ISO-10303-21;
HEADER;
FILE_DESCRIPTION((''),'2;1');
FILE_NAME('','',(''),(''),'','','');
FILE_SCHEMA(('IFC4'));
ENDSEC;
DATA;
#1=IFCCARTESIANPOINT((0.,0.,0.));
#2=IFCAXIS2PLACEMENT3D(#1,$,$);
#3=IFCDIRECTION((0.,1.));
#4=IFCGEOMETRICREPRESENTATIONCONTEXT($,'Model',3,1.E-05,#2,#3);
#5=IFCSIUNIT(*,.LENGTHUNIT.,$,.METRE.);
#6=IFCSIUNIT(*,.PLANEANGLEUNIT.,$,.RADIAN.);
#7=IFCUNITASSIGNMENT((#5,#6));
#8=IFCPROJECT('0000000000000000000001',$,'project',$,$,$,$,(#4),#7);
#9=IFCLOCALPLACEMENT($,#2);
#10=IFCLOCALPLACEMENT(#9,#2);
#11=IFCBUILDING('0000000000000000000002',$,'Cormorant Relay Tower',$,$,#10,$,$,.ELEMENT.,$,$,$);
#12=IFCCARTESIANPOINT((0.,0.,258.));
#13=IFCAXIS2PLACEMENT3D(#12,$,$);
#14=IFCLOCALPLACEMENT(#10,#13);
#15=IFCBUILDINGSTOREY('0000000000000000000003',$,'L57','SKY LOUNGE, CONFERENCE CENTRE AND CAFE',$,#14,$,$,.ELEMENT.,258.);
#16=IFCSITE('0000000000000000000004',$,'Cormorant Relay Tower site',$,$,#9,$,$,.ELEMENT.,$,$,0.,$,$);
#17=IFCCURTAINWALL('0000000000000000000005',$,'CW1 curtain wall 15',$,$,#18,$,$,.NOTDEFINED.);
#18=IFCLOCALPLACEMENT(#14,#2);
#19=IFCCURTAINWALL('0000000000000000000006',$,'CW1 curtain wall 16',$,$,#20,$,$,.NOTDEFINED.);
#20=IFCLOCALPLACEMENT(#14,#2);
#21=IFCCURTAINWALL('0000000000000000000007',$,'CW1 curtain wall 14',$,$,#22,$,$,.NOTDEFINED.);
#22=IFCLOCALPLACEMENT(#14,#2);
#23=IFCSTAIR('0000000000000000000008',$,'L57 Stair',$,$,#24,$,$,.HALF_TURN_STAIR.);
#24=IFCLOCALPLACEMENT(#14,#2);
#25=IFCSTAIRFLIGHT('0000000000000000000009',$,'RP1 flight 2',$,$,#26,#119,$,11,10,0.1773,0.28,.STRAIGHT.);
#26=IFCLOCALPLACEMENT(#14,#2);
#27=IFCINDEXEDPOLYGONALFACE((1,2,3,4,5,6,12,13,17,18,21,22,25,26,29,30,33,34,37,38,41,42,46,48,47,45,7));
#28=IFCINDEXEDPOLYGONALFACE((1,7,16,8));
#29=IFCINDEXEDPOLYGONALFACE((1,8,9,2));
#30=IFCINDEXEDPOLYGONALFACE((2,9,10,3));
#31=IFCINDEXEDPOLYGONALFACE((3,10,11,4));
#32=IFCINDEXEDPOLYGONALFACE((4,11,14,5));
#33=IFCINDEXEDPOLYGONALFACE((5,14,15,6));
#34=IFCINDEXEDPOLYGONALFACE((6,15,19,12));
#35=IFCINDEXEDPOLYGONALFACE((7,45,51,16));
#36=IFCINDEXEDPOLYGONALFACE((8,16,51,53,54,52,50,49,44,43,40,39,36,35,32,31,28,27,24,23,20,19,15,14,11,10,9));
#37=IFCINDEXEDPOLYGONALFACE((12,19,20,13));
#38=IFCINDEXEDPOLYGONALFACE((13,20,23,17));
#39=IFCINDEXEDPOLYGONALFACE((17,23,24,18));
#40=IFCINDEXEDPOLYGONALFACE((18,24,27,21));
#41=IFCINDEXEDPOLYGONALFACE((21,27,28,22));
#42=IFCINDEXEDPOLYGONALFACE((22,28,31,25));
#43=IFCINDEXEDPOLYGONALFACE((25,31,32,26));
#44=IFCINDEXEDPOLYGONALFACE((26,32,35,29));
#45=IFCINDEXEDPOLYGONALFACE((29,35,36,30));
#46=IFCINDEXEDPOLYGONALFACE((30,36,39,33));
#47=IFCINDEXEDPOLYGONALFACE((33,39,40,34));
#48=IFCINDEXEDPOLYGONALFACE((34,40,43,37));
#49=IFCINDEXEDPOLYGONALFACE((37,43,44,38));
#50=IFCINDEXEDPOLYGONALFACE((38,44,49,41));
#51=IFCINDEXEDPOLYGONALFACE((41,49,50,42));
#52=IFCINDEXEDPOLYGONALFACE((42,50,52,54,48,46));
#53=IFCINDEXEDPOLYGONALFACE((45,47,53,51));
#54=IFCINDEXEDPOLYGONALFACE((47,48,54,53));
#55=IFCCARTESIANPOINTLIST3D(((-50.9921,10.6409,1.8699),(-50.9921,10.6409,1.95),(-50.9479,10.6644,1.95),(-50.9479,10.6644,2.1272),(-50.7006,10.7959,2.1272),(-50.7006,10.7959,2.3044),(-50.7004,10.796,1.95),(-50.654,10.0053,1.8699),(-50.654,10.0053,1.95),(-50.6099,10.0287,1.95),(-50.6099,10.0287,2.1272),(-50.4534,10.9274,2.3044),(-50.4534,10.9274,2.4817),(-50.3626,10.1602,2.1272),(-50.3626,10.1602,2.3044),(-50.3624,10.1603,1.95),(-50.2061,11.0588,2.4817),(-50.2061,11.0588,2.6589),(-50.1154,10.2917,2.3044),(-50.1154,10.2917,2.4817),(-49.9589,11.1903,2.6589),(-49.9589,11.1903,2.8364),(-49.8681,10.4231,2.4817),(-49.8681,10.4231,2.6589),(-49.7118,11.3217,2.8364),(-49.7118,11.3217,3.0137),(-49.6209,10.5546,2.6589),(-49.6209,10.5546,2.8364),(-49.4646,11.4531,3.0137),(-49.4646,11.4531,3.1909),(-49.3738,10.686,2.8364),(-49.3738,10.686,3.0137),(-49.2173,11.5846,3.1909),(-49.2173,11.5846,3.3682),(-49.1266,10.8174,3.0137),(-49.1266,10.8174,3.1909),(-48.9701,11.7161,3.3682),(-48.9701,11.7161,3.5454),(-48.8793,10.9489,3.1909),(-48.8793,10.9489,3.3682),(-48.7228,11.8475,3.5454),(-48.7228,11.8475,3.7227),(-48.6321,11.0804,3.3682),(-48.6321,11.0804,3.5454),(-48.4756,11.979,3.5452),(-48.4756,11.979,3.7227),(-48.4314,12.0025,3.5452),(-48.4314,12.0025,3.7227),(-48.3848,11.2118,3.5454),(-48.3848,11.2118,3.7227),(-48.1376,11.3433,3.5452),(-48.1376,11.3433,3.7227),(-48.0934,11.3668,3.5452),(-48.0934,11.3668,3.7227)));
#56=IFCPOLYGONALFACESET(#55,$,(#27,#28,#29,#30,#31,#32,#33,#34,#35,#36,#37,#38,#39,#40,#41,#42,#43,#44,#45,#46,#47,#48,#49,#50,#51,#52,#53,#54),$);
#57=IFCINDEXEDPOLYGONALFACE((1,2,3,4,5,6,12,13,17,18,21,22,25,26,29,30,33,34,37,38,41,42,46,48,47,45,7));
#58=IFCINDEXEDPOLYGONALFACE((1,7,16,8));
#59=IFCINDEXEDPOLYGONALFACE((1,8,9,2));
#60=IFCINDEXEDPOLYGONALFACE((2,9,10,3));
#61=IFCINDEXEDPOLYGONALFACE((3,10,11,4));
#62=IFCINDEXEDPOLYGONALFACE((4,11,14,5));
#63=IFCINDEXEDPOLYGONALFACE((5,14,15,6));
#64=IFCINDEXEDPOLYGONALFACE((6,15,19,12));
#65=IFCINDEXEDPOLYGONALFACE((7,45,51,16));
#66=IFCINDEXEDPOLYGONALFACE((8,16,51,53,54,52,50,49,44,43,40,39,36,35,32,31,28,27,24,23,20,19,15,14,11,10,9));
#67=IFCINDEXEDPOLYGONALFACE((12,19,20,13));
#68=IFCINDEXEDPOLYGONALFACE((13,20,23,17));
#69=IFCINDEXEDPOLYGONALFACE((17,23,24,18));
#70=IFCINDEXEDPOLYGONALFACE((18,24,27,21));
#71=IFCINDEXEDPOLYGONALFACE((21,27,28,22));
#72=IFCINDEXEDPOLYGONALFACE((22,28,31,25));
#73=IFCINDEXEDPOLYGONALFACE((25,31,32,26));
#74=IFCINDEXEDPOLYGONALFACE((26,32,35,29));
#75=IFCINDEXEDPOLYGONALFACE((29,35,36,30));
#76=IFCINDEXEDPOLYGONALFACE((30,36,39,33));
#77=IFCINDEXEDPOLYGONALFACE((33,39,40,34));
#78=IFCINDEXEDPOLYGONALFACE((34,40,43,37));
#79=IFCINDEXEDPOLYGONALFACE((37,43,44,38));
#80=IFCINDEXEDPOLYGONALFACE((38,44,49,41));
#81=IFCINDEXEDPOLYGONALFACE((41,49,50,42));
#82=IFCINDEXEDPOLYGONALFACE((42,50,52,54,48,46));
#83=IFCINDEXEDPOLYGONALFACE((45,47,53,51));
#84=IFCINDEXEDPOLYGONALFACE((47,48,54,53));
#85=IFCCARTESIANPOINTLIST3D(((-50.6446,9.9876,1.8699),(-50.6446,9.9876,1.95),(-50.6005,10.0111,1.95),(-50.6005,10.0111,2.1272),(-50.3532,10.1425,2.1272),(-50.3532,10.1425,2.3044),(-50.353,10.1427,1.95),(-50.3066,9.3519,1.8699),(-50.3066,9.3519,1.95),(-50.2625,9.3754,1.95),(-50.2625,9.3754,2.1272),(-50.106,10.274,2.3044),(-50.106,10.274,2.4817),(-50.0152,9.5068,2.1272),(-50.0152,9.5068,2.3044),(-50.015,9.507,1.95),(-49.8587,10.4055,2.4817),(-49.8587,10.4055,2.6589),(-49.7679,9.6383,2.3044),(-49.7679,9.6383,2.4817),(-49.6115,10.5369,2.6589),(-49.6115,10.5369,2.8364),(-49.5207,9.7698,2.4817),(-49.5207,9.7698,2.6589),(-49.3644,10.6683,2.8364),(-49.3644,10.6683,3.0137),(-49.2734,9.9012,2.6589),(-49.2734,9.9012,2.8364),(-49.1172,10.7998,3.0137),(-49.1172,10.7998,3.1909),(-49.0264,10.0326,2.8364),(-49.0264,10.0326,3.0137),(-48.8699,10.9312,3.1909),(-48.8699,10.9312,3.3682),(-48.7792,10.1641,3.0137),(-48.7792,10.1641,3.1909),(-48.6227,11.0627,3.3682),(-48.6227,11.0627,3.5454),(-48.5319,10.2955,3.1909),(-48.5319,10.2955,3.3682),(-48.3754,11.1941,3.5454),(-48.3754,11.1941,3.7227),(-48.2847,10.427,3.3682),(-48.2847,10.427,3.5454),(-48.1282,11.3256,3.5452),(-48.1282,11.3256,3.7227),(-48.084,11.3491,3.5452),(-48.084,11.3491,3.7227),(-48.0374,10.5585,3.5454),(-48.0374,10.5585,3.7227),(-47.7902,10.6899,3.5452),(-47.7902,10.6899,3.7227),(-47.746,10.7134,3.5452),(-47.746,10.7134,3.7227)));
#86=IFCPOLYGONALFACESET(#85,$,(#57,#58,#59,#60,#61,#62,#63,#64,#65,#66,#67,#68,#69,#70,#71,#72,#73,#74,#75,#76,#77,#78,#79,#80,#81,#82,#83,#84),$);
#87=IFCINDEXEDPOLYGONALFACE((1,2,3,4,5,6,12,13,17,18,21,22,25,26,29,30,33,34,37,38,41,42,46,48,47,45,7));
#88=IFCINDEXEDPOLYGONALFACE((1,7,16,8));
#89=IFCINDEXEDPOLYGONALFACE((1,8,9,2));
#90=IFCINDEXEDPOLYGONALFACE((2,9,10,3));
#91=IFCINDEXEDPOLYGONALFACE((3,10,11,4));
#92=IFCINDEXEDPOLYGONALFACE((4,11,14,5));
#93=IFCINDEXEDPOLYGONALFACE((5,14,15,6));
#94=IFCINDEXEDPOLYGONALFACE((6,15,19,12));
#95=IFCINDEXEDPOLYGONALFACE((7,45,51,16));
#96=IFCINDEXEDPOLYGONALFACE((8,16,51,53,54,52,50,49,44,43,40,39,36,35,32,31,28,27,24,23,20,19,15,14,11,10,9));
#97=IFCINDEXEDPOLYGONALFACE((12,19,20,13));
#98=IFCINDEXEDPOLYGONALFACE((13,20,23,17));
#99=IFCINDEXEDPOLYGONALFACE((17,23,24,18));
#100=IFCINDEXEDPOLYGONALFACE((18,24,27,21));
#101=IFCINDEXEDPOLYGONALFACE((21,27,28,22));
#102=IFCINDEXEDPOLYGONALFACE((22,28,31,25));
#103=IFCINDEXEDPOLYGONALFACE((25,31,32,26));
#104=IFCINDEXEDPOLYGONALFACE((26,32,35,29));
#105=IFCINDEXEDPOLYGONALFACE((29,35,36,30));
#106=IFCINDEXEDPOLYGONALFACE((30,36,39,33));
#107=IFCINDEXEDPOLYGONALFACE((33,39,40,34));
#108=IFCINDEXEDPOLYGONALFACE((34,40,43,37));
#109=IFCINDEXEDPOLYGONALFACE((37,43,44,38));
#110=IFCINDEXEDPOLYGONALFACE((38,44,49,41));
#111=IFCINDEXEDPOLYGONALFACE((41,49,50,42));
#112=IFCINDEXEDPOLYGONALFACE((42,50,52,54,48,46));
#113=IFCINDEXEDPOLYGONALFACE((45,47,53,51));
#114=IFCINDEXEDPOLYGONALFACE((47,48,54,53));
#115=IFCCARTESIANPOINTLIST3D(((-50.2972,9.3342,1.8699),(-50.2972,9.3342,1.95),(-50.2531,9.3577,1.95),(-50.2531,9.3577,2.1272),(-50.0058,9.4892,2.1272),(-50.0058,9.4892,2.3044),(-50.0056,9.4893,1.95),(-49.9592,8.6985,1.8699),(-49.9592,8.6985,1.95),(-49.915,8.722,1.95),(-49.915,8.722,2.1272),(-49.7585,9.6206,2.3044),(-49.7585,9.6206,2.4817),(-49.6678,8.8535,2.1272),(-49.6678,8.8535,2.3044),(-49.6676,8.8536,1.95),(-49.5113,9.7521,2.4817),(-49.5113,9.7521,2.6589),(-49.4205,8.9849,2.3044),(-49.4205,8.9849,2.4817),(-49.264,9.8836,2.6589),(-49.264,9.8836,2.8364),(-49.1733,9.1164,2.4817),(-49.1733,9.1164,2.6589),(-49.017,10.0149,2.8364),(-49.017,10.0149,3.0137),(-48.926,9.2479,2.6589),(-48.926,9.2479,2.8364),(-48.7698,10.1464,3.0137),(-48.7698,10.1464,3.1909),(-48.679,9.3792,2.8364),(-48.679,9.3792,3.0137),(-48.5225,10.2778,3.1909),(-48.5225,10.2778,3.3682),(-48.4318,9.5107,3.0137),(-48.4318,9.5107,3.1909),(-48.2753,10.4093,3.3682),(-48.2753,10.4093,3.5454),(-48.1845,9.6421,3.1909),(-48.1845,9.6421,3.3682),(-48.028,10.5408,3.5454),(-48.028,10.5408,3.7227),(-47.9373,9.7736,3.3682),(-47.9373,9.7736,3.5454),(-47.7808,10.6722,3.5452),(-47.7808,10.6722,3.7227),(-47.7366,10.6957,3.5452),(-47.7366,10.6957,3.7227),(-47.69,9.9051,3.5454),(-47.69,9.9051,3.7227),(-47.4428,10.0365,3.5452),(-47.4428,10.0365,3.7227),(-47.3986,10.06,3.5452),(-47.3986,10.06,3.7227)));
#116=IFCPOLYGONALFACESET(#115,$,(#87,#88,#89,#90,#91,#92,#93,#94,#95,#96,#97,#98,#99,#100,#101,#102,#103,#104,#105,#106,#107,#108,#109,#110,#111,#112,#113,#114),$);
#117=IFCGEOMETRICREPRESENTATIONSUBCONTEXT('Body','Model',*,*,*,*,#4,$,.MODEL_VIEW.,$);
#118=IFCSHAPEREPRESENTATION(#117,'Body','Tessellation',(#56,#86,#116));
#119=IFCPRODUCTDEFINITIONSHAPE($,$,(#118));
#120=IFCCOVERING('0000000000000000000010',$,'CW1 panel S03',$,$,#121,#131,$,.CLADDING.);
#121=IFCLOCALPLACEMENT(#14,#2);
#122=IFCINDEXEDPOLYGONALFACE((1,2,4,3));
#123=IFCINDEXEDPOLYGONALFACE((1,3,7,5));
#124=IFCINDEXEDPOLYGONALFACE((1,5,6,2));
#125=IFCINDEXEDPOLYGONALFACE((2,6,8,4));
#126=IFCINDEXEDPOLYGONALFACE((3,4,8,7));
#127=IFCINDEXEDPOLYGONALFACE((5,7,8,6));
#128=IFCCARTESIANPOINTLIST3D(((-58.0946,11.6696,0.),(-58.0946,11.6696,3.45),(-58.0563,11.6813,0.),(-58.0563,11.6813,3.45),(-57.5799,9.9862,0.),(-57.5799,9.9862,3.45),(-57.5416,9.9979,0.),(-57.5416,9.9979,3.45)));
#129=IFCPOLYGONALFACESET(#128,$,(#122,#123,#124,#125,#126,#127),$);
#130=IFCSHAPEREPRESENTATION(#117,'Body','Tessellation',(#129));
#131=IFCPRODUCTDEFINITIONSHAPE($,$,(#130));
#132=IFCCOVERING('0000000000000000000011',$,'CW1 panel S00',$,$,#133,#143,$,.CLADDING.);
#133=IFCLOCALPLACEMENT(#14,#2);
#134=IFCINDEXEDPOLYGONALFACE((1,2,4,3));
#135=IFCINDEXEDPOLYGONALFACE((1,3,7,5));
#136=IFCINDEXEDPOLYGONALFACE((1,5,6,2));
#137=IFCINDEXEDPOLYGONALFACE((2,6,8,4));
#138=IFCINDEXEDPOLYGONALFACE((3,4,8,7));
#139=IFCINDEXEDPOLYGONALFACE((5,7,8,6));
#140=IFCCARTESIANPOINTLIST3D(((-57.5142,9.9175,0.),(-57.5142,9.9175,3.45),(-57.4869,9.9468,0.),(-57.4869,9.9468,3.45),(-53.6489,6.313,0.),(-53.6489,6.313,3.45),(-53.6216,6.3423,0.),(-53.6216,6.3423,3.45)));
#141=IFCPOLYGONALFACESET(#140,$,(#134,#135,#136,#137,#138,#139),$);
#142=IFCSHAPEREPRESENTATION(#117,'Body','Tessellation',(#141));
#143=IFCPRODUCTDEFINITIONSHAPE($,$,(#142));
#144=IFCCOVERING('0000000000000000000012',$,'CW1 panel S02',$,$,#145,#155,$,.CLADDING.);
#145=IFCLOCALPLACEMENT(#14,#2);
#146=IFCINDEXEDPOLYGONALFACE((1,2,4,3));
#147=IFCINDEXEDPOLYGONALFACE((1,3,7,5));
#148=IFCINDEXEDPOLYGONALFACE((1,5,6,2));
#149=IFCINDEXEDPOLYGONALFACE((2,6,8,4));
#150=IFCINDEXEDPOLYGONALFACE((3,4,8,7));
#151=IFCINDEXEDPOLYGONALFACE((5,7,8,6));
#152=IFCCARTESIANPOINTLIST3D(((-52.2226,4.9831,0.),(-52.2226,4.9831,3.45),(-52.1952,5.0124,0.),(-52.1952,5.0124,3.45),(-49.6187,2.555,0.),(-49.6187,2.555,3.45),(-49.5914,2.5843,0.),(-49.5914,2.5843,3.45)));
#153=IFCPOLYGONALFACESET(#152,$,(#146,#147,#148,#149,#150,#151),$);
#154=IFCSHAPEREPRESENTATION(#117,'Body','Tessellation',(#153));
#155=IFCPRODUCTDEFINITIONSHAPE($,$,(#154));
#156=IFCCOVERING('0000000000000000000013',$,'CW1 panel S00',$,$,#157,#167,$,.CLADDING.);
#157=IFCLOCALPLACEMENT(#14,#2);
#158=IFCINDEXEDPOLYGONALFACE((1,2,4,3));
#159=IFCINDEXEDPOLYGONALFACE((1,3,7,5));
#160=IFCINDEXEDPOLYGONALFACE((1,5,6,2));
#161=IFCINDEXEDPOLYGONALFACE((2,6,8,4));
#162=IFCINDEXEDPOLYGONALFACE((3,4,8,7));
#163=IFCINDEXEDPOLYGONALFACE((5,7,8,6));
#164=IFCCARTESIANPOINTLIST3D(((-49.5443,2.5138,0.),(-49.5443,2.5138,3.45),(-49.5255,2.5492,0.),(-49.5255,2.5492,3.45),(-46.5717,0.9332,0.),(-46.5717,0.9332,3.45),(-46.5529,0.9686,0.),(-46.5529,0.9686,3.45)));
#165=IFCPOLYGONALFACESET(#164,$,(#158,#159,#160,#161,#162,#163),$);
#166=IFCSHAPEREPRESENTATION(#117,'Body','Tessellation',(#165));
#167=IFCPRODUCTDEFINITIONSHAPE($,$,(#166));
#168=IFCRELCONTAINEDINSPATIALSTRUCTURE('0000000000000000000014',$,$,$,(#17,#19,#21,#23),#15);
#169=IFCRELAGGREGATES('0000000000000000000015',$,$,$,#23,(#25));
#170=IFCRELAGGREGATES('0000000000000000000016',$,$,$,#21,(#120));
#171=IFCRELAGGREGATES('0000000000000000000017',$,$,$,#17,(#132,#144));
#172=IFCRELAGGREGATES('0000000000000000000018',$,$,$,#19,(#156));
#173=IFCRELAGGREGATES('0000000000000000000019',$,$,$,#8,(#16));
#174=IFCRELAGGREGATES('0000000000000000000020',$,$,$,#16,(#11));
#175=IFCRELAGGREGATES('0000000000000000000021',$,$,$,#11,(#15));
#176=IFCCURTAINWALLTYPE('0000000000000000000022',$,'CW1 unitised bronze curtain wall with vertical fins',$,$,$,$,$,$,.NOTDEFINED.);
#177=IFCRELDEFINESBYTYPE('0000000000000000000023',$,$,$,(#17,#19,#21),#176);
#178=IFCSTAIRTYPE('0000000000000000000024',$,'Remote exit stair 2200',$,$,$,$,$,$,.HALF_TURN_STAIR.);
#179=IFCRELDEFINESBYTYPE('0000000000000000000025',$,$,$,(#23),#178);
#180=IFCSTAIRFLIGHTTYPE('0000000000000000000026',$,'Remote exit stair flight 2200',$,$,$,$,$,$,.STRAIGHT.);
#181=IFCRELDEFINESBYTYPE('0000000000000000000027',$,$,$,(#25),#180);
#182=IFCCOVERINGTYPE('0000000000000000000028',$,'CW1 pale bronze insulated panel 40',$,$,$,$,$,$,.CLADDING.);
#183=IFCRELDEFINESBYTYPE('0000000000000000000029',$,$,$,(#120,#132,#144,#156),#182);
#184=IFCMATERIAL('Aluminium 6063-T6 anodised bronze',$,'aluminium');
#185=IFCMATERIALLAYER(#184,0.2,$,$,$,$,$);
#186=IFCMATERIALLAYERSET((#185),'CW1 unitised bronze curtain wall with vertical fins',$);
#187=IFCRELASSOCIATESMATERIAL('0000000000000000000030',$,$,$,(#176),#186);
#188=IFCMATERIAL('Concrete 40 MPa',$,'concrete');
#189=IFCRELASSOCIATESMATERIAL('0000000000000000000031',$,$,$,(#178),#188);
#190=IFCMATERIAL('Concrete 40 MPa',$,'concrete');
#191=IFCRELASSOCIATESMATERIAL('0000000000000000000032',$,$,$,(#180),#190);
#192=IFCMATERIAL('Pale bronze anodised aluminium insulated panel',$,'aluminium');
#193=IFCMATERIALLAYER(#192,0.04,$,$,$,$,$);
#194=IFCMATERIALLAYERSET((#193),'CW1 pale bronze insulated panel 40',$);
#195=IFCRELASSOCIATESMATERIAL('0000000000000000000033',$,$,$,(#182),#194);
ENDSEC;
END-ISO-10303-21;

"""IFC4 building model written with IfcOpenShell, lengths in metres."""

from ifc_helpers import new_model, si_unit, direction, frame, origin, origin_2d, place, context, subcontext, project, spatial, polyline, rectangle, outline, extrude, material, layer, layer_set, type_object, element, aggregate, save


model = new_model("IFC4")

# Units and contexts
model_context = context("Model", 3, precision=1e-05, world=origin(), true_north=direction((0.0, 1.0)))
body_context = subcontext(model_context, "Body", "Model", "MODEL_VIEW")
ifc_project = project(units=[si_unit("LENGTHUNIT", "METRE"), si_unit("PLANEANGLEUNIT", "RADIAN")], contexts=[model_context])

# Site, building, storey
site_placement = place(None, origin())
site = spatial("IfcSite", under=ifc_project, at=site_placement, Name="Cormorant Relay Tower site", CompositionType="ELEMENT", RefElevation=0.0)
building_placement = place(site_placement, origin())
building = spatial("IfcBuilding", under=site, at=building_placement, Name="Cormorant Relay Tower", CompositionType="ELEMENT")
storey_placement = place(building_placement, frame((0.0, 0.0, 258.0)))
storey = spatial("IfcBuildingStorey", under=building, at=storey_placement, Name="L57", Description="SKY LOUNGE, CONFERENCE CENTRE AND CAFE", CompositionType="ELEMENT", Elevation=258.0)

# Curtain walls
ifc_material_1 = material(Name="Aluminium 6063-T6 anodised bronze", Category="aluminium")
ifc_layer_1 = layer(ifc_material_1, 0.2)
ifc_layer_set_1 = layer_set([ifc_layer_1], Name="CW1 unitised bronze curtain wall with vertical fins")
curtain_wall_type = type_object("IfcCurtainWallType", Name="CW1 unitised bronze curtain wall with vertical fins", PredefinedType="NOTDEFINED", material=ifc_layer_set_1)
curtain_wall_1_placement = place(storey_placement, origin())
curtain_wall_1 = element("IfcCurtainWall", 1, at=curtain_wall_1_placement, inside=storey, type_object=curtain_wall_type, Name="CW1 curtain wall 15", PredefinedType="NOTDEFINED")
curtain_wall_2_placement = place(storey_placement, origin())
curtain_wall_2 = element("IfcCurtainWall", 2, at=curtain_wall_2_placement, inside=storey, type_object=curtain_wall_type, Name="CW1 curtain wall 16", PredefinedType="NOTDEFINED")

# Curtain wall
curtain_wall_3_placement = place(storey_placement, origin())
curtain_wall_3 = element("IfcCurtainWall", 3, at=curtain_wall_3_placement, inside=storey, type_object=curtain_wall_type, Name="CW1 curtain wall 14", PredefinedType="NOTDEFINED")

# Stair, stair flight
ifc_material_2 = material(Name="Concrete 40 MPa", Category="concrete")
stair_type = type_object("IfcStairType", Name="Remote exit stair 2200", PredefinedType="HALF_TURN_STAIR", material=ifc_material_2)
stair_placement = place(storey_placement, origin())
stair = element("IfcStair", 4, at=stair_placement, inside=storey, type_object=stair_type, Name="L57 Stair", PredefinedType="HALF_TURN_STAIR")
ifc_material_3 = material(Name="Concrete 40 MPa", Category="concrete")
stair_flight_type = type_object("IfcStairFlightType", Name="Remote exit stair flight 2200", PredefinedType="STRAIGHT", material=ifc_material_3)
stair_flight_1_placement = place(storey_placement, frame((-50.4314, 9.6931, 1.95), z_axis=(0.0, 0.0, 1.0), x_axis=(0.882948, 0.469472, 0.0)))
stair_flight_1 = element("IfcStairFlight", 5, at=stair_flight_1_placement, type_object=stair_flight_type, Name="RP1 flight 2", NumberOfRisers=11, NumberOfTreads=10, PredefinedType="STRAIGHT", RiserHeight=0.1773, TreadLength=0.28, context=body_context, shape_type="SweptSolid", body=[
    extrude(outline(polyline([(-0.05, -0.0801), (-0.05, 0.0), (0.0, 0.0), (0.0, 0.1772), (0.28, 0.1772), (0.28, 0.3545), (0.5601, 0.3545), (0.5601, 0.5317), (0.8401, 0.5317), (0.8401, 0.709), (1.1201, 0.709), (1.1201, 0.8865), (1.3999, 0.8865), (1.3999, 1.0637), (1.6799, 1.0637), (1.6799, 1.241), (1.96, 1.241), (1.96, 1.4182), (2.24, 1.4182), (2.24, 1.5955), (2.52, 1.5955), (2.52, 1.7727), (2.8, 1.7727), (2.8501, 1.7727), (2.8501, 1.5952), (2.8, 1.5952), (0.2803, 0.0), (-0.05, -0.0801)])), frame((0.0, 1.1001, 0.0), z_axis=(0.0, -1.0, 0.0), x_axis=(1.0, 0.0, 0.0)), (0.0, 0.0, 1.0), 0.72),
    extrude(outline(polyline([(-0.05, -0.0801), (-0.05, 0.0), (0.0, 0.0), (0.0, 0.1772), (0.28, 0.1772), (0.28, 0.3545), (0.5601, 0.3545), (0.5601, 0.5317), (0.8401, 0.5317), (0.8401, 0.709), (1.1201, 0.709), (1.1201, 0.8865), (1.3999, 0.8865), (1.3999, 1.0637), (1.6799, 1.0637), (1.6799, 1.241), (1.96, 1.241), (1.96, 1.4182), (2.24, 1.4182), (2.24, 1.5955), (2.52, 1.5955), (2.52, 1.7727), (2.8, 1.7727), (2.8501, 1.7727), (2.8501, 1.5952), (2.8, 1.5952), (0.2803, 0.0), (-0.05, -0.0801)])), frame((0.0, 0.3601, 0.0), z_axis=(0.0, -1.0, 0.0), x_axis=(1.0, 0.0, 0.0)), (0.0, 0.0, 1.0), 0.72),
    extrude(outline(polyline([(-0.05, -0.0801), (-0.05, 0.0), (0.0, 0.0), (0.0, 0.1772), (0.28, 0.1772), (0.28, 0.3545), (0.5601, 0.3545), (0.5601, 0.5317), (0.8401, 0.5317), (0.8401, 0.709), (1.1201, 0.709), (1.1201, 0.8865), (1.3999, 0.8865), (1.3999, 1.0637), (1.6799, 1.0637), (1.6799, 1.241), (1.96, 1.241), (1.96, 1.4182), (2.24, 1.4182), (2.24, 1.5955), (2.52, 1.5955), (2.52, 1.7727), (2.8, 1.7727), (2.8501, 1.7727), (2.8501, 1.5952), (2.8, 1.5952), (0.2803, 0.0), (-0.05, -0.0801)])), frame((0.0, -0.3799, 0.0), z_axis=(0.0, -1.0, 0.0), x_axis=(1.0, 0.0, 0.0)), (0.0, 0.0, 1.0), 0.72),
])
aggregate(stair, [stair_flight_1])

# Coverings
ifc_material_4 = material(Name="Pale bronze anodised aluminium insulated panel", Category="aluminium")
ifc_layer_2 = layer(ifc_material_4, 0.04)
ifc_layer_set_2 = layer_set([ifc_layer_2], Name="CW1 pale bronze insulated panel 40")
covering_type = type_object("IfcCoveringType", Name="CW1 pale bronze insulated panel 40", PredefinedType="CLADDING", material=ifc_layer_set_2)
covering_1_placement = place(storey_placement, frame((-57.8181, 10.8337, 0.0), z_axis=(0.0, 0.0, 1.0), x_axis=(0.292372, -0.956305, 0.0)))
covering_1 = element("IfcCovering", 6, at=covering_1_placement, type_object=covering_type, Name="CW1 panel S03", PredefinedType="CLADDING", context=body_context, shape_type="SweptSolid", body=[
    extrude(rectangle(XDim=1.7603, YDim=0.04, at=origin_2d()), origin(), (0.0, 0.0, 1.0), 3.45),
])
aggregate(curtain_wall_3, [covering_1])
covering_2_placement = place(storey_placement, frame((-55.5679, 8.1299, 0.0), z_axis=(0.0, 0.0, 1.0), x_axis=(0.731354, -0.681998, 0.0)))
covering_2 = element("IfcCovering", 7, at=covering_2_placement, type_object=covering_type, Name="CW1 panel S00", PredefinedType="CLADDING", context=body_context, shape_type="SweptSolid", body=[
    extrude(rectangle(XDim=5.2852, YDim=0.04, at=origin_2d()), origin(), (0.0, 0.0, 1.0), 3.45),
])
covering_3_placement = place(storey_placement, frame((-50.907, 3.7837, 0.0), z_axis=(0.0, 0.0, 1.0), x_axis=(0.731354, -0.681998, 0.0)))
covering_3 = element("IfcCovering", 8, at=covering_3_placement, type_object=covering_type, Name="CW1 panel S02", PredefinedType="CLADDING", context=body_context, shape_type="SweptSolid", body=[
    extrude(rectangle(XDim=3.5603, YDim=0.04, at=origin_2d()), origin(), (0.0, 0.0, 1.0), 3.45),
])
aggregate(curtain_wall_1, [covering_2, covering_3])
covering_4_placement = place(storey_placement, frame((-48.0486, 1.7412, 0.0), z_axis=(0.0, 0.0, 1.0), x_axis=(0.882948, -0.469472, 0.0)))
covering_4 = element("IfcCovering", 9, at=covering_4_placement, type_object=covering_type, Name="CW1 panel S00", PredefinedType="CLADDING", context=body_context, shape_type="SweptSolid", body=[
    extrude(rectangle(XDim=3.3667, YDim=0.04, at=origin_2d()), origin(), (0.0, 0.0, 1.0), 3.45),
])
aggregate(curtain_wall_2, [covering_4])

save(model, "model.ifc")
